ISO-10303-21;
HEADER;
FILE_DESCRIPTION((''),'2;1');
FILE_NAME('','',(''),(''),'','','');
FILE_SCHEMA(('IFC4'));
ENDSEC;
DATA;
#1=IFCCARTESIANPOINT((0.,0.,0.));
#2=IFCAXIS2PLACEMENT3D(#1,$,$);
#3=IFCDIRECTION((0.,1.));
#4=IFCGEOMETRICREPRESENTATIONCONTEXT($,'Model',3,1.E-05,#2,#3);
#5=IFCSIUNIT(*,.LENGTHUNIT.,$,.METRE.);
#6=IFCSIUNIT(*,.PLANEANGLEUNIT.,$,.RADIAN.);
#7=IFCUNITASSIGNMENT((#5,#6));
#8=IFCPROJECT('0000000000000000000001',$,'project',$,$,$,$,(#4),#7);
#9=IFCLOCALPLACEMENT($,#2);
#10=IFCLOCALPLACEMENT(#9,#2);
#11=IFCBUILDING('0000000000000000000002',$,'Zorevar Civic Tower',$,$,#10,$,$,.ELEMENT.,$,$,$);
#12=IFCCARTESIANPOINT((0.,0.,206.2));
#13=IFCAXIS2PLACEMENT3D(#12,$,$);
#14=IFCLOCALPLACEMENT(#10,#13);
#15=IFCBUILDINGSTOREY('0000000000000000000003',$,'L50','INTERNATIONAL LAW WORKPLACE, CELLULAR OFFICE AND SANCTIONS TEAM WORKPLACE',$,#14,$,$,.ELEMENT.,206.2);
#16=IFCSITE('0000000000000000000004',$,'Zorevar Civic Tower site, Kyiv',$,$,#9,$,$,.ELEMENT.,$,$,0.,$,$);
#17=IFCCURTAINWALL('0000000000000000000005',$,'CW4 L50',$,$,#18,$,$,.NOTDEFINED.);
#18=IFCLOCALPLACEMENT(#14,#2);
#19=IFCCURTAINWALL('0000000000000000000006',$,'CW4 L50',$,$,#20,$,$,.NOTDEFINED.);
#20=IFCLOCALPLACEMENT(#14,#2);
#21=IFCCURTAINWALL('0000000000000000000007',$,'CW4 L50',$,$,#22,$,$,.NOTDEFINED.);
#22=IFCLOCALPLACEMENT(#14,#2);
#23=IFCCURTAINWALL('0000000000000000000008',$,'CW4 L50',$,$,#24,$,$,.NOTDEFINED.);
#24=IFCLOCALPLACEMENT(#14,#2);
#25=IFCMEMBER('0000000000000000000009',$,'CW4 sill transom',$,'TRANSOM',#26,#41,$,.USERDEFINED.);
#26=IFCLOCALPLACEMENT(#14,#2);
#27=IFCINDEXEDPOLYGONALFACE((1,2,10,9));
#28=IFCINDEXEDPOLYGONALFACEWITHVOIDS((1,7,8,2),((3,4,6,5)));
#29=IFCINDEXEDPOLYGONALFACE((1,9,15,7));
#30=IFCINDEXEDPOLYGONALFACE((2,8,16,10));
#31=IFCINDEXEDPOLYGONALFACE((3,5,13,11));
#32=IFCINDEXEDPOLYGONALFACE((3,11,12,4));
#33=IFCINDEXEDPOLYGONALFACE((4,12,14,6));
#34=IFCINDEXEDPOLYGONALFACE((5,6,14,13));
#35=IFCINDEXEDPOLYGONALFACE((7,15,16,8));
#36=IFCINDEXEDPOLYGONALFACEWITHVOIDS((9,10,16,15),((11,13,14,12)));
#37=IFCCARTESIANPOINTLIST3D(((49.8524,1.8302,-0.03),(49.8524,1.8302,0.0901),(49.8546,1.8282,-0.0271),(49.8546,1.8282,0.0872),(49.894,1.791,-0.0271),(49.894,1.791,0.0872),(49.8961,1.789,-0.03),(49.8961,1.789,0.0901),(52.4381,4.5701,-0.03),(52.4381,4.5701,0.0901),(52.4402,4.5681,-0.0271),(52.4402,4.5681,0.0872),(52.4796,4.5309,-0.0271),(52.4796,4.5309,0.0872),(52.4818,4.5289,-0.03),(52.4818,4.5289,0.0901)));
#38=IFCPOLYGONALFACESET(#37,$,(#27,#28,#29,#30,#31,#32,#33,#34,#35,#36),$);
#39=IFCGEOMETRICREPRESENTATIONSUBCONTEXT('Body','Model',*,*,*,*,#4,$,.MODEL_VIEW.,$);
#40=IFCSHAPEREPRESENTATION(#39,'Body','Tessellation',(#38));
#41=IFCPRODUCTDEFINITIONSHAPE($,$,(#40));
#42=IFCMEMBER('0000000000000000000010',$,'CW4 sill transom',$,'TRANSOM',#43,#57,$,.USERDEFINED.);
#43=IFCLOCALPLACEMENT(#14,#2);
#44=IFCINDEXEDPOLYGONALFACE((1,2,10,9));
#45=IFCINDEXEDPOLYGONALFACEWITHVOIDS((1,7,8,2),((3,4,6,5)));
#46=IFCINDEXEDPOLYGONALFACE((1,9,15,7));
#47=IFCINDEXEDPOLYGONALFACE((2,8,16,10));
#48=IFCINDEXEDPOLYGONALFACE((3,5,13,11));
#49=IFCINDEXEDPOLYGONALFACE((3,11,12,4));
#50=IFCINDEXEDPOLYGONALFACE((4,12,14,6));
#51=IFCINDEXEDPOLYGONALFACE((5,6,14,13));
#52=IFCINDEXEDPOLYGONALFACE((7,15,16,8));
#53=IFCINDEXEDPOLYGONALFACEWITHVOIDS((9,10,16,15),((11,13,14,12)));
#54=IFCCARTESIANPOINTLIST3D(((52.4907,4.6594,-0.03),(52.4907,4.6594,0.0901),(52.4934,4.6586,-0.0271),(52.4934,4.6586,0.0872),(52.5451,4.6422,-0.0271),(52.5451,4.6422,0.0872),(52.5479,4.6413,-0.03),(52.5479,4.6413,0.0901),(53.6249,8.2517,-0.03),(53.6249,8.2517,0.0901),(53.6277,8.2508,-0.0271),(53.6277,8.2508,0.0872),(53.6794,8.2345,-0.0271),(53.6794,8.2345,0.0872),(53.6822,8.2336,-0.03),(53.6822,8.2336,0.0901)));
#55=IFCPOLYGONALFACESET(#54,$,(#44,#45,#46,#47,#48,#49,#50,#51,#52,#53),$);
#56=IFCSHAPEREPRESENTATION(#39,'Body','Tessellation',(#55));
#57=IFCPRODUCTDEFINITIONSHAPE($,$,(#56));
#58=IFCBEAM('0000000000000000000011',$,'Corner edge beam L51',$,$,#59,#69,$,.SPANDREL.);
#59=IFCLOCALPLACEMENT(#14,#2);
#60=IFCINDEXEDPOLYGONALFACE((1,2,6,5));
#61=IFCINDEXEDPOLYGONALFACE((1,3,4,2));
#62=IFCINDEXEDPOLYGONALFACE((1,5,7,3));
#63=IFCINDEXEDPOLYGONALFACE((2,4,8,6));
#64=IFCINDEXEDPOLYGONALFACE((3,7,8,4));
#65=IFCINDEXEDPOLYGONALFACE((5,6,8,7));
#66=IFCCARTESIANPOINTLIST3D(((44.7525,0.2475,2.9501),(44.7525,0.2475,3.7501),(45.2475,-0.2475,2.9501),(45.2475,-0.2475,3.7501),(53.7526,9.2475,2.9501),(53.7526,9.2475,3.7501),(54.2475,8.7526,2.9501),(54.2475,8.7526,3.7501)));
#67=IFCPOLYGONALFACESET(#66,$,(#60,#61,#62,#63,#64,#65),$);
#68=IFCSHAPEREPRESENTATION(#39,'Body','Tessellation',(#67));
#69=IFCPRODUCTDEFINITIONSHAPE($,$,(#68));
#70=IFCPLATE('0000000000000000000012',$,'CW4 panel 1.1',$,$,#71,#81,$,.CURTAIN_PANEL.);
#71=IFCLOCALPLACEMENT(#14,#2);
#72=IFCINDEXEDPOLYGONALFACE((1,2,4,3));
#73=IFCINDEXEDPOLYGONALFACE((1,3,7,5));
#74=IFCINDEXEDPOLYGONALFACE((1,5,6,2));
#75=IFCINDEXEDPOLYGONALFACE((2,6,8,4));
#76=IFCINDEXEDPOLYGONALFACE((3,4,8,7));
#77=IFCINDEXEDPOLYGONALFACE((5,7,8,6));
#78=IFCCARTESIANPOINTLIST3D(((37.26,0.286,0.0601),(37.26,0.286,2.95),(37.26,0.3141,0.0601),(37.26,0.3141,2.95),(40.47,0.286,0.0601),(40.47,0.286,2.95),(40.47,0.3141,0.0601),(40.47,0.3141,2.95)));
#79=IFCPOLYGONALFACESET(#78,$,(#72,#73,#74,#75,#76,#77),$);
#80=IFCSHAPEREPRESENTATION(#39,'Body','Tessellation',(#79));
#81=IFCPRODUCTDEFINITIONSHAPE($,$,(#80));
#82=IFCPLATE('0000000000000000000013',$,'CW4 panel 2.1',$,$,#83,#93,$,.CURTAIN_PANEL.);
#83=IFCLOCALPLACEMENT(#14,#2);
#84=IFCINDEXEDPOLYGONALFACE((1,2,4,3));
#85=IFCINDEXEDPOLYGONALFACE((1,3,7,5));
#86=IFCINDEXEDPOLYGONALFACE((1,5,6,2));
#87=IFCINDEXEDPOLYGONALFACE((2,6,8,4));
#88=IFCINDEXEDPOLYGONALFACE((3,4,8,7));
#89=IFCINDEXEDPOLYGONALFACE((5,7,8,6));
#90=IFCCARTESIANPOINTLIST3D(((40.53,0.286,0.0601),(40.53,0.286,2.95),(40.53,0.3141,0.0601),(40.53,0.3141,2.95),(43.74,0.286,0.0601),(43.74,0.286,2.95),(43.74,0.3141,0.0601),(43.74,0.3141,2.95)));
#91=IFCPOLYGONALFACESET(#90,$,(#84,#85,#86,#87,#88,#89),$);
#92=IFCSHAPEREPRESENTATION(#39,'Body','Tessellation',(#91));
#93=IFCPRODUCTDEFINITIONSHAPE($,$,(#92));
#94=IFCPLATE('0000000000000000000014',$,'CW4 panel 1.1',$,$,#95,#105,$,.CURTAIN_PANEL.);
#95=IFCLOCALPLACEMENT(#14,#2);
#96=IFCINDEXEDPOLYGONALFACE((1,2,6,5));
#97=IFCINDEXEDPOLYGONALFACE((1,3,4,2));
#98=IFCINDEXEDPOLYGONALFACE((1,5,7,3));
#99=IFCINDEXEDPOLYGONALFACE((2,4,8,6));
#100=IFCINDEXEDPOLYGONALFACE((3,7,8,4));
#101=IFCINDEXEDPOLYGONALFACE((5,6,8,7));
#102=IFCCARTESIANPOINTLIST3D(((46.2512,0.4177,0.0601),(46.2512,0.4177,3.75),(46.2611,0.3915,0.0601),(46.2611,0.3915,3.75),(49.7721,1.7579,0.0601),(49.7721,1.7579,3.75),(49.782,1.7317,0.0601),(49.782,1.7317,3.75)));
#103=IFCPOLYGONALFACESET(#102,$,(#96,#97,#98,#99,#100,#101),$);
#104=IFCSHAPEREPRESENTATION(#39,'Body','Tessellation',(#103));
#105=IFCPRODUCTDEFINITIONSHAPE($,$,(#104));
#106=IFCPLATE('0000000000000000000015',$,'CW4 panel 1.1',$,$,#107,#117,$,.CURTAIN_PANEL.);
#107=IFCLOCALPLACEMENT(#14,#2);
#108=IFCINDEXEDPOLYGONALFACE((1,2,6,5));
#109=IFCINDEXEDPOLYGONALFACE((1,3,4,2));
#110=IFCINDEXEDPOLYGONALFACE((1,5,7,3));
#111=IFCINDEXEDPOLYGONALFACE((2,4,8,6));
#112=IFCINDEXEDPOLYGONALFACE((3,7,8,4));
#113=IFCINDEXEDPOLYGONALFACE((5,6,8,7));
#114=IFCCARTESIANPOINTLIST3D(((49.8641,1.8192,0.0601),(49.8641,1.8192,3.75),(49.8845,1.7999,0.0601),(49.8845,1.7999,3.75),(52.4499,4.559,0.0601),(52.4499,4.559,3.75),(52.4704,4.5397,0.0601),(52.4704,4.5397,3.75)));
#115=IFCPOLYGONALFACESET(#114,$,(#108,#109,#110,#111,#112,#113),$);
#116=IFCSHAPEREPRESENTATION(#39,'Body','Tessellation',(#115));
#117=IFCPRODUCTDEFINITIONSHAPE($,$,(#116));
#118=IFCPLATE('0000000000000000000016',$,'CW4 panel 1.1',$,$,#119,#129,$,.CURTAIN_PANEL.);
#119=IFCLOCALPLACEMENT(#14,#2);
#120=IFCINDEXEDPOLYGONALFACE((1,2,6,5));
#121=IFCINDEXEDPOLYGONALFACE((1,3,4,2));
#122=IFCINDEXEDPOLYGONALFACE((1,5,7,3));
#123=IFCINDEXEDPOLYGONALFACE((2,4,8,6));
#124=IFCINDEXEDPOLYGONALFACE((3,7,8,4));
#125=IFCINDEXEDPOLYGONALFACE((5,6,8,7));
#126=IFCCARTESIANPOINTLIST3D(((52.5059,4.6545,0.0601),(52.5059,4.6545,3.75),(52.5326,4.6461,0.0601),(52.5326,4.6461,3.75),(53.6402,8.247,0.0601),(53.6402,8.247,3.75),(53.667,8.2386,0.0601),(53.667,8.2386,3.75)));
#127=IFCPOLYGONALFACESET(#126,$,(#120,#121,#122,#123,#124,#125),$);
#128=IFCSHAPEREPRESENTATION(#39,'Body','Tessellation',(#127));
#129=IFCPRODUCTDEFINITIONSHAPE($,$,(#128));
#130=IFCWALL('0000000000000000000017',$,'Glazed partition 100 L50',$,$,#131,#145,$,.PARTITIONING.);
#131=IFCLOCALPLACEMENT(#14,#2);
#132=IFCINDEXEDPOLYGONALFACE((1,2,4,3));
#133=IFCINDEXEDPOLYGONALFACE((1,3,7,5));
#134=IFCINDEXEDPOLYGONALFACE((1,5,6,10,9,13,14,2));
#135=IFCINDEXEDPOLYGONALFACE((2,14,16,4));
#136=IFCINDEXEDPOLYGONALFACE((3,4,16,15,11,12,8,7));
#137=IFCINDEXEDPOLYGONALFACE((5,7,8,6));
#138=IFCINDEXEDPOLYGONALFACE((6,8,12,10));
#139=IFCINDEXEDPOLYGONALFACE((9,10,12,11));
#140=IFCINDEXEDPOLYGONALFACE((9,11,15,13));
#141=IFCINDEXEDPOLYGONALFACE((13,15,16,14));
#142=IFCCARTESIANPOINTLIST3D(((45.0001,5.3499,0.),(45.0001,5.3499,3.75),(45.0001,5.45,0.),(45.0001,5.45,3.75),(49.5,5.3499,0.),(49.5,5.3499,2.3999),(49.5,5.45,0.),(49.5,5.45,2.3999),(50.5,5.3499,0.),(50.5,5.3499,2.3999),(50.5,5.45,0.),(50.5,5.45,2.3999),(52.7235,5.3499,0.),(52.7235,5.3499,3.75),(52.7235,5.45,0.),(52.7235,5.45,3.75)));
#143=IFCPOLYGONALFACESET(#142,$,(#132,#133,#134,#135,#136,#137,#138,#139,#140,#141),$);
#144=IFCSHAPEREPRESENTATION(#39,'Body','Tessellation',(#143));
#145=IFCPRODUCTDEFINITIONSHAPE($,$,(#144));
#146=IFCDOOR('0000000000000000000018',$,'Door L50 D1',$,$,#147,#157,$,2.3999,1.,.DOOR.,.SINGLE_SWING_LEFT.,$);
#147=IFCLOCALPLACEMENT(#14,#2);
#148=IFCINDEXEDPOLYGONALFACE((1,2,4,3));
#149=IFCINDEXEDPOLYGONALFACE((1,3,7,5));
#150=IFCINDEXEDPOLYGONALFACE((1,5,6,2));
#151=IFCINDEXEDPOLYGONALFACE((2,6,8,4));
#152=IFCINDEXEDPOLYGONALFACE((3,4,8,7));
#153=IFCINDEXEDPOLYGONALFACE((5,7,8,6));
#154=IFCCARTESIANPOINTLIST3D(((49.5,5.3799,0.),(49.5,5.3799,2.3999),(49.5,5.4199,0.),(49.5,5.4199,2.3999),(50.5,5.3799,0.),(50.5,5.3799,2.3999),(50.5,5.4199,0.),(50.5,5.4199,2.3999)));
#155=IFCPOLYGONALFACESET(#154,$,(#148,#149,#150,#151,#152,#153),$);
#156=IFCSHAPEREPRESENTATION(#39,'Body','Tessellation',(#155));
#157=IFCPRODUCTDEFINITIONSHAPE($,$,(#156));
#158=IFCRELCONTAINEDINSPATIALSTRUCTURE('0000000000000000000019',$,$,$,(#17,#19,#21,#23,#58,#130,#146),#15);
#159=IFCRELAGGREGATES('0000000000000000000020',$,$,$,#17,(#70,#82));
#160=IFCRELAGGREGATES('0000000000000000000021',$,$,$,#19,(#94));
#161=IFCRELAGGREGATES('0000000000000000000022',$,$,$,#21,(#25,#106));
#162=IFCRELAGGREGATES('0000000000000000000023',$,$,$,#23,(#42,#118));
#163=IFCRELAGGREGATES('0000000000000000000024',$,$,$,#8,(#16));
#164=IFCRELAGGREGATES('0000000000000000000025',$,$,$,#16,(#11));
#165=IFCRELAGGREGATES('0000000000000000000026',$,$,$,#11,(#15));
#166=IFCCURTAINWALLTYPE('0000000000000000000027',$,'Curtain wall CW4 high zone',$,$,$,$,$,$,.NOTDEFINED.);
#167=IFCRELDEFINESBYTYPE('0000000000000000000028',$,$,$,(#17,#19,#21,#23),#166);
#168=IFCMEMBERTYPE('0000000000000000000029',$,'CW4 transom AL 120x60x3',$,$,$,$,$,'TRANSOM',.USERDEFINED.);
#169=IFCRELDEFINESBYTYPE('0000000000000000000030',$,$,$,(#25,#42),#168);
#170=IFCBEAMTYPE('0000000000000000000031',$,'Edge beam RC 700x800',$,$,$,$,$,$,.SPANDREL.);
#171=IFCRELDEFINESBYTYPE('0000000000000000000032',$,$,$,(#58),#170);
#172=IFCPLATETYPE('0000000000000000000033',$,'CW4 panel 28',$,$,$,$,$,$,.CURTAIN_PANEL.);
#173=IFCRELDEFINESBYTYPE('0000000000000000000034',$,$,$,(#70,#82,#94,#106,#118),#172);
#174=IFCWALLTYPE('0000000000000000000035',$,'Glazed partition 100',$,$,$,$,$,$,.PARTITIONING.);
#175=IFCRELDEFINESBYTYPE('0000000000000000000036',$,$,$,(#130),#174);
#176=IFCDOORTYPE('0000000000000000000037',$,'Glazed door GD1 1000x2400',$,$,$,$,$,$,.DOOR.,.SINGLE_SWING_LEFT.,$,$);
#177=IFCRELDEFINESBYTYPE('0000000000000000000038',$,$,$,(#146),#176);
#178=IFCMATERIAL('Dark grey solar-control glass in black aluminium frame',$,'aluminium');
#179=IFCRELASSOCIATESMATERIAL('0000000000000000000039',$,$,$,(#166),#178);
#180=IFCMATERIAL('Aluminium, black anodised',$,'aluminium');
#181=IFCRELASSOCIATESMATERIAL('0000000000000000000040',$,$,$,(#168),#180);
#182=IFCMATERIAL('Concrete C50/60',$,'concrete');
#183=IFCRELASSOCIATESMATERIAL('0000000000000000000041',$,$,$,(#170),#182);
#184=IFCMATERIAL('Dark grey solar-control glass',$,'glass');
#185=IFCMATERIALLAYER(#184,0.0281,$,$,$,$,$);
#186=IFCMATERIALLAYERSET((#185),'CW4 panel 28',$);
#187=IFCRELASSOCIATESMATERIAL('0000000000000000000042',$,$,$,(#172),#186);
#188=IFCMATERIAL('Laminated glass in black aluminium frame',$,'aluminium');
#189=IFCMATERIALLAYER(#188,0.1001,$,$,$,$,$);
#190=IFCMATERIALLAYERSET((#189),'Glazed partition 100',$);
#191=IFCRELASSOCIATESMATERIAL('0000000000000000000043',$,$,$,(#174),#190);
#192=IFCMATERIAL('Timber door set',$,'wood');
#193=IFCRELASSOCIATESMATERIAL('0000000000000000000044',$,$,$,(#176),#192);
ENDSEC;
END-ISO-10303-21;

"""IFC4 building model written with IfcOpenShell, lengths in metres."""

from ifc_helpers import new_model, si_unit, direction, frame, frame_2d, origin, origin_2d, place, context, subcontext, project, spatial, rectangle, hollow_rectangle, extrude, material, layer, layer_set, material_profile, profile_set, type_object, element, fill, aggregate, save


model = new_model("IFC4")

# Units and contexts
model_context = context("Model", 3, precision=1e-05, world=origin(), true_north=direction((0.0, 1.0)))
body_context = subcontext(model_context, "Body", "Model", "MODEL_VIEW")
ifc_project = project(units=[si_unit("LENGTHUNIT", "METRE"), si_unit("PLANEANGLEUNIT", "RADIAN")], contexts=[model_context])

# Site, building, storey
site_placement = place(None, origin())
site = spatial("IfcSite", under=ifc_project, at=site_placement, Name="Zorevar Civic Tower site, Kyiv", CompositionType="ELEMENT", RefElevation=0.0)
building_placement = place(site_placement, origin())
building = spatial("IfcBuilding", under=site, at=building_placement, Name="Zorevar Civic Tower", CompositionType="ELEMENT")
storey_placement = place(building_placement, frame((0.0, 0.0, 206.2)))
storey = spatial("IfcBuildingStorey", under=building, at=storey_placement, Name="L50", Description="INTERNATIONAL LAW WORKPLACE, CELLULAR OFFICE AND SANCTIONS TEAM WORKPLACE", CompositionType="ELEMENT", Elevation=206.2)

# Curtain walls
ifc_material_1 = material(Name="Dark grey solar-control glass in black aluminium frame", Category="aluminium")
curtain_wall_type = type_object("IfcCurtainWallType", Name="Curtain wall CW4 high zone", PredefinedType="NOTDEFINED", material=ifc_material_1)
curtain_wall_1_placement = place(storey_placement, origin())
curtain_wall_1 = element("IfcCurtainWall", 1, at=curtain_wall_1_placement, inside=storey, type_object=curtain_wall_type, Name="CW4 L50", PredefinedType="NOTDEFINED")
curtain_wall_2_placement = place(storey_placement, origin())
curtain_wall_2 = element("IfcCurtainWall", 2, at=curtain_wall_2_placement, inside=storey, type_object=curtain_wall_type, Name="CW4 L50", PredefinedType="NOTDEFINED")
curtain_wall_3_placement = place(storey_placement, origin())
curtain_wall_3 = element("IfcCurtainWall", 3, at=curtain_wall_3_placement, inside=storey, type_object=curtain_wall_type, Name="CW4 L50", PredefinedType="NOTDEFINED")
curtain_wall_4_placement = place(storey_placement, origin())
curtain_wall_4 = element("IfcCurtainWall", 4, at=curtain_wall_4_placement, inside=storey, type_object=curtain_wall_type, Name="CW4 L50", PredefinedType="NOTDEFINED")

# Members
ifc_material_2 = material(Name="Aluminium, black anodised", Category="aluminium")
ifc_material_profile_1 = material_profile(ifc_material_2, hollow_rectangle(XDim=0.0601, YDim=0.1201, WallThickness=0.0029, at=origin_2d()), Name="AL 120x60x3")
ifc_profile_set_1 = profile_set([ifc_material_profile_1], Name="Aluminium, black anodised")
member_type_1 = type_object("IfcMemberType", Name="CW4 transom AL 120x60x3", ElementType="TRANSOM", PredefinedType="USERDEFINED", material=ifc_profile_set_1)
member_1_placement = place(storey_placement, frame((49.8743, 1.8096, 0.03), z_axis=(0.686332, 0.727288, 0.0), x_axis=(-0.727288, 0.686332, 0.0)))
member_1 = element("IfcMember", 5, at=member_1_placement, type_object=member_type_1, Name="CW4 sill transom", ObjectType="TRANSOM", PredefinedType="USERDEFINED", context=body_context, shape_type="SweptSolid", body=[
    extrude(hollow_rectangle(XDim=0.0601, YDim=0.1201, WallThickness=0.0029, at=origin_2d()), origin(), (0.0, 0.0, 1.0), 3.7673),
])
member_2_placement = place(storey_placement, frame((52.5193, 4.6504, 0.03), z_axis=(0.3011, 0.953592, 0.0), x_axis=(-0.953592, 0.3011, 0.0)))
member_2 = element("IfcMember", 6, at=member_2_placement, type_object=member_type_1, Name="CW4 sill transom", ObjectType="TRANSOM", PredefinedType="USERDEFINED", context=body_context, shape_type="SweptSolid", body=[
    extrude(hollow_rectangle(XDim=0.0601, YDim=0.1201, WallThickness=0.0029, at=origin_2d()), origin(), (0.0, 0.0, 1.0), 3.7671),
])

# Beam
ifc_material_3 = material(Name="Concrete C50/60", Category="concrete")
ifc_material_profile_2 = material_profile(ifc_material_3, rectangle(XDim=0.7, YDim=0.8, at=origin_2d()), Name="RC 700x800")
ifc_profile_set_2 = profile_set([ifc_material_profile_2], Name="Concrete C50/60")
beam_type_1 = type_object("IfcBeamType", Name="Edge beam RC 700x800", PredefinedType="SPANDREL", material=ifc_profile_set_2)
beam_1_placement = place(storey_placement, frame((45.0, 0.0, 3.3501), z_axis=(0.707107, 0.707107, 0.0), x_axis=(-0.707107, 0.707107, 0.0)))
element("IfcBeam", 7, at=beam_1_placement, inside=storey, type_object=beam_type_1, Name="Corner edge beam L51", PredefinedType="SPANDREL", context=body_context, shape_type="SweptSolid", body=[
    extrude(rectangle(XDim=0.7, YDim=0.8, at=origin_2d()), origin(), (0.0, 0.0, 1.0), 12.728),
])

# Plates
ifc_material_4 = material(Name="Dark grey solar-control glass", Category="glass")
ifc_layer_1 = layer(ifc_material_4, 0.0281)
ifc_layer_set_1 = layer_set([ifc_layer_1], Name="CW4 panel 28")
plate_type = type_object("IfcPlateType", Name="CW4 panel 28", PredefinedType="CURTAIN_PANEL", material=ifc_layer_set_1)
plate_1_placement = place(storey_placement, frame((38.865, 0.3, 0.0601), z_axis=(0.0, 0.0, 1.0), x_axis=(1.0, 0.0, 0.0)))
plate_1 = element("IfcPlate", 8, at=plate_1_placement, type_object=plate_type, Name="CW4 panel 1.1", PredefinedType="CURTAIN_PANEL", context=body_context, shape_type="SweptSolid", body=[
    extrude(rectangle(XDim=3.21, YDim=0.0281, at=origin_2d()), origin(), (0.0, 0.0, 1.0), 2.8899),
])
plate_2_placement = place(storey_placement, frame((42.135, 0.3, 0.0601), z_axis=(0.0, 0.0, 1.0), x_axis=(1.0, 0.0, 0.0)))
plate_2 = element("IfcPlate", 9, at=plate_2_placement, type_object=plate_type, Name="CW4 panel 2.1", PredefinedType="CURTAIN_PANEL", context=body_context, shape_type="SweptSolid", body=[
    extrude(rectangle(XDim=3.21, YDim=0.0281, at=origin_2d()), origin(), (0.0, 0.0, 1.0), 2.8899),
])
aggregate(curtain_wall_1, [plate_1, plate_2])
plate_3_placement = place(storey_placement, frame((48.0166, 1.0747, 0.0601), z_axis=(0.0, 0.0, 1.0), x_axis=(0.934588, 0.355731, 0.0)))
plate_3 = element("IfcPlate", 10, at=plate_3_placement, type_object=plate_type, Name="CW4 panel 1.1", PredefinedType="CURTAIN_PANEL", context=body_context, shape_type="SweptSolid", body=[
    extrude(rectangle(XDim=3.7673, YDim=0.0281, at=origin_2d()), origin(), (0.0, 0.0, 1.0), 3.6899),
])
aggregate(curtain_wall_2, [plate_3])
plate_4_placement = place(storey_placement, frame((51.1672, 3.1794, 0.0601), z_axis=(0.0, 0.0, 1.0), x_axis=(0.686378, 0.727245, 0.0)))
plate_4 = element("IfcPlate", 11, at=plate_4_placement, type_object=plate_type, Name="CW4 panel 1.1", PredefinedType="CURTAIN_PANEL", context=body_context, shape_type="SweptSolid", body=[
    extrude(rectangle(XDim=3.7673, YDim=0.0281, at=origin_2d()), origin(), (0.0, 0.0, 1.0), 3.6899),
])
aggregate(curtain_wall_3, [member_1, plate_4])
plate_5_placement = place(storey_placement, frame((53.0864, 6.4465, 0.0601), z_axis=(0.0, 0.0, 1.0), x_axis=(0.301108, 0.95359, 0.0)))
plate_5 = element("IfcPlate", 12, at=plate_5_placement, type_object=plate_type, Name="CW4 panel 1.1", PredefinedType="CURTAIN_PANEL", context=body_context, shape_type="SweptSolid", body=[
    extrude(rectangle(XDim=3.7673, YDim=0.0281, at=origin_2d()), origin(), (0.0, 0.0, 1.0), 3.6899),
])
aggregate(curtain_wall_4, [member_2, plate_5])

# Wall, opening, door
ifc_material_5 = material(Name="Laminated glass in black aluminium frame", Category="aluminium")
ifc_layer_2 = layer(ifc_material_5, 0.1001)
ifc_layer_set_2 = layer_set([ifc_layer_2], Name="Glazed partition 100")
wall_type_1 = type_object("IfcWallType", Name="Glazed partition 100", PredefinedType="PARTITIONING", material=ifc_layer_set_2)
wall_1_placement = place(storey_placement, frame((45.0, 5.3999, 0.0), z_axis=(0.0, 0.0, 1.0), x_axis=(1.0, 0.0, 0.0)))
wall_1 = element("IfcWall", 13, at=wall_1_placement, inside=storey, type_object=wall_type_1, Name="Glazed partition 100 L50", PredefinedType="PARTITIONING", context=body_context, shape_type="SweptSolid", body=[
    extrude(rectangle(XDim=7.7234, YDim=0.1001, at=frame_2d((3.8618, 0.0))), origin(), (0.0, 0.0, 1.0), 3.75),
])
opening_1_placement = place(wall_1_placement, frame((4.5, 0.0, 0.0)))
opening_1 = element("IfcOpeningElement", 14, at=opening_1_placement, cuts=wall_1, PredefinedType="OPENING", context=body_context, shape_type="SweptSolid", body=[
    extrude(rectangle(XDim=1.0, YDim=2.3999, at=frame_2d((0.5, 1.2))), frame((0.0, 0.0601, 0.0), z_axis=(0.0, -1.0, 0.0), x_axis=(1.0, 0.0, 0.0)), (0.0, 0.0, 1.0), 0.1201),
])
ifc_material_6 = material(Name="Timber door set", Category="wood")
door_type_1 = type_object("IfcDoorType", Name="Glazed door GD1 1000x2400", OperationType="SINGLE_SWING_LEFT", PredefinedType="DOOR", material=ifc_material_6)
door_1_placement = place(opening_1_placement, origin())
door_1 = element("IfcDoor", 15, at=door_1_placement, inside=storey, type_object=door_type_1, Name="Door L50 D1", OperationType="SINGLE_SWING_LEFT", OverallHeight=2.3999, OverallWidth=1.0, PredefinedType="DOOR", context=body_context, shape_type="SweptSolid", body=[
    extrude(rectangle(XDim=1.0, YDim=2.3999, at=frame_2d((0.5, 1.2))), frame((0.0, 0.02, 0.0), z_axis=(0.0, -1.0, 0.0), x_axis=(1.0, 0.0, 0.0)), (0.0, 0.0, 1.0), 0.04),
])
fill(opening_1, door_1)

save(model, "model.ifc")
